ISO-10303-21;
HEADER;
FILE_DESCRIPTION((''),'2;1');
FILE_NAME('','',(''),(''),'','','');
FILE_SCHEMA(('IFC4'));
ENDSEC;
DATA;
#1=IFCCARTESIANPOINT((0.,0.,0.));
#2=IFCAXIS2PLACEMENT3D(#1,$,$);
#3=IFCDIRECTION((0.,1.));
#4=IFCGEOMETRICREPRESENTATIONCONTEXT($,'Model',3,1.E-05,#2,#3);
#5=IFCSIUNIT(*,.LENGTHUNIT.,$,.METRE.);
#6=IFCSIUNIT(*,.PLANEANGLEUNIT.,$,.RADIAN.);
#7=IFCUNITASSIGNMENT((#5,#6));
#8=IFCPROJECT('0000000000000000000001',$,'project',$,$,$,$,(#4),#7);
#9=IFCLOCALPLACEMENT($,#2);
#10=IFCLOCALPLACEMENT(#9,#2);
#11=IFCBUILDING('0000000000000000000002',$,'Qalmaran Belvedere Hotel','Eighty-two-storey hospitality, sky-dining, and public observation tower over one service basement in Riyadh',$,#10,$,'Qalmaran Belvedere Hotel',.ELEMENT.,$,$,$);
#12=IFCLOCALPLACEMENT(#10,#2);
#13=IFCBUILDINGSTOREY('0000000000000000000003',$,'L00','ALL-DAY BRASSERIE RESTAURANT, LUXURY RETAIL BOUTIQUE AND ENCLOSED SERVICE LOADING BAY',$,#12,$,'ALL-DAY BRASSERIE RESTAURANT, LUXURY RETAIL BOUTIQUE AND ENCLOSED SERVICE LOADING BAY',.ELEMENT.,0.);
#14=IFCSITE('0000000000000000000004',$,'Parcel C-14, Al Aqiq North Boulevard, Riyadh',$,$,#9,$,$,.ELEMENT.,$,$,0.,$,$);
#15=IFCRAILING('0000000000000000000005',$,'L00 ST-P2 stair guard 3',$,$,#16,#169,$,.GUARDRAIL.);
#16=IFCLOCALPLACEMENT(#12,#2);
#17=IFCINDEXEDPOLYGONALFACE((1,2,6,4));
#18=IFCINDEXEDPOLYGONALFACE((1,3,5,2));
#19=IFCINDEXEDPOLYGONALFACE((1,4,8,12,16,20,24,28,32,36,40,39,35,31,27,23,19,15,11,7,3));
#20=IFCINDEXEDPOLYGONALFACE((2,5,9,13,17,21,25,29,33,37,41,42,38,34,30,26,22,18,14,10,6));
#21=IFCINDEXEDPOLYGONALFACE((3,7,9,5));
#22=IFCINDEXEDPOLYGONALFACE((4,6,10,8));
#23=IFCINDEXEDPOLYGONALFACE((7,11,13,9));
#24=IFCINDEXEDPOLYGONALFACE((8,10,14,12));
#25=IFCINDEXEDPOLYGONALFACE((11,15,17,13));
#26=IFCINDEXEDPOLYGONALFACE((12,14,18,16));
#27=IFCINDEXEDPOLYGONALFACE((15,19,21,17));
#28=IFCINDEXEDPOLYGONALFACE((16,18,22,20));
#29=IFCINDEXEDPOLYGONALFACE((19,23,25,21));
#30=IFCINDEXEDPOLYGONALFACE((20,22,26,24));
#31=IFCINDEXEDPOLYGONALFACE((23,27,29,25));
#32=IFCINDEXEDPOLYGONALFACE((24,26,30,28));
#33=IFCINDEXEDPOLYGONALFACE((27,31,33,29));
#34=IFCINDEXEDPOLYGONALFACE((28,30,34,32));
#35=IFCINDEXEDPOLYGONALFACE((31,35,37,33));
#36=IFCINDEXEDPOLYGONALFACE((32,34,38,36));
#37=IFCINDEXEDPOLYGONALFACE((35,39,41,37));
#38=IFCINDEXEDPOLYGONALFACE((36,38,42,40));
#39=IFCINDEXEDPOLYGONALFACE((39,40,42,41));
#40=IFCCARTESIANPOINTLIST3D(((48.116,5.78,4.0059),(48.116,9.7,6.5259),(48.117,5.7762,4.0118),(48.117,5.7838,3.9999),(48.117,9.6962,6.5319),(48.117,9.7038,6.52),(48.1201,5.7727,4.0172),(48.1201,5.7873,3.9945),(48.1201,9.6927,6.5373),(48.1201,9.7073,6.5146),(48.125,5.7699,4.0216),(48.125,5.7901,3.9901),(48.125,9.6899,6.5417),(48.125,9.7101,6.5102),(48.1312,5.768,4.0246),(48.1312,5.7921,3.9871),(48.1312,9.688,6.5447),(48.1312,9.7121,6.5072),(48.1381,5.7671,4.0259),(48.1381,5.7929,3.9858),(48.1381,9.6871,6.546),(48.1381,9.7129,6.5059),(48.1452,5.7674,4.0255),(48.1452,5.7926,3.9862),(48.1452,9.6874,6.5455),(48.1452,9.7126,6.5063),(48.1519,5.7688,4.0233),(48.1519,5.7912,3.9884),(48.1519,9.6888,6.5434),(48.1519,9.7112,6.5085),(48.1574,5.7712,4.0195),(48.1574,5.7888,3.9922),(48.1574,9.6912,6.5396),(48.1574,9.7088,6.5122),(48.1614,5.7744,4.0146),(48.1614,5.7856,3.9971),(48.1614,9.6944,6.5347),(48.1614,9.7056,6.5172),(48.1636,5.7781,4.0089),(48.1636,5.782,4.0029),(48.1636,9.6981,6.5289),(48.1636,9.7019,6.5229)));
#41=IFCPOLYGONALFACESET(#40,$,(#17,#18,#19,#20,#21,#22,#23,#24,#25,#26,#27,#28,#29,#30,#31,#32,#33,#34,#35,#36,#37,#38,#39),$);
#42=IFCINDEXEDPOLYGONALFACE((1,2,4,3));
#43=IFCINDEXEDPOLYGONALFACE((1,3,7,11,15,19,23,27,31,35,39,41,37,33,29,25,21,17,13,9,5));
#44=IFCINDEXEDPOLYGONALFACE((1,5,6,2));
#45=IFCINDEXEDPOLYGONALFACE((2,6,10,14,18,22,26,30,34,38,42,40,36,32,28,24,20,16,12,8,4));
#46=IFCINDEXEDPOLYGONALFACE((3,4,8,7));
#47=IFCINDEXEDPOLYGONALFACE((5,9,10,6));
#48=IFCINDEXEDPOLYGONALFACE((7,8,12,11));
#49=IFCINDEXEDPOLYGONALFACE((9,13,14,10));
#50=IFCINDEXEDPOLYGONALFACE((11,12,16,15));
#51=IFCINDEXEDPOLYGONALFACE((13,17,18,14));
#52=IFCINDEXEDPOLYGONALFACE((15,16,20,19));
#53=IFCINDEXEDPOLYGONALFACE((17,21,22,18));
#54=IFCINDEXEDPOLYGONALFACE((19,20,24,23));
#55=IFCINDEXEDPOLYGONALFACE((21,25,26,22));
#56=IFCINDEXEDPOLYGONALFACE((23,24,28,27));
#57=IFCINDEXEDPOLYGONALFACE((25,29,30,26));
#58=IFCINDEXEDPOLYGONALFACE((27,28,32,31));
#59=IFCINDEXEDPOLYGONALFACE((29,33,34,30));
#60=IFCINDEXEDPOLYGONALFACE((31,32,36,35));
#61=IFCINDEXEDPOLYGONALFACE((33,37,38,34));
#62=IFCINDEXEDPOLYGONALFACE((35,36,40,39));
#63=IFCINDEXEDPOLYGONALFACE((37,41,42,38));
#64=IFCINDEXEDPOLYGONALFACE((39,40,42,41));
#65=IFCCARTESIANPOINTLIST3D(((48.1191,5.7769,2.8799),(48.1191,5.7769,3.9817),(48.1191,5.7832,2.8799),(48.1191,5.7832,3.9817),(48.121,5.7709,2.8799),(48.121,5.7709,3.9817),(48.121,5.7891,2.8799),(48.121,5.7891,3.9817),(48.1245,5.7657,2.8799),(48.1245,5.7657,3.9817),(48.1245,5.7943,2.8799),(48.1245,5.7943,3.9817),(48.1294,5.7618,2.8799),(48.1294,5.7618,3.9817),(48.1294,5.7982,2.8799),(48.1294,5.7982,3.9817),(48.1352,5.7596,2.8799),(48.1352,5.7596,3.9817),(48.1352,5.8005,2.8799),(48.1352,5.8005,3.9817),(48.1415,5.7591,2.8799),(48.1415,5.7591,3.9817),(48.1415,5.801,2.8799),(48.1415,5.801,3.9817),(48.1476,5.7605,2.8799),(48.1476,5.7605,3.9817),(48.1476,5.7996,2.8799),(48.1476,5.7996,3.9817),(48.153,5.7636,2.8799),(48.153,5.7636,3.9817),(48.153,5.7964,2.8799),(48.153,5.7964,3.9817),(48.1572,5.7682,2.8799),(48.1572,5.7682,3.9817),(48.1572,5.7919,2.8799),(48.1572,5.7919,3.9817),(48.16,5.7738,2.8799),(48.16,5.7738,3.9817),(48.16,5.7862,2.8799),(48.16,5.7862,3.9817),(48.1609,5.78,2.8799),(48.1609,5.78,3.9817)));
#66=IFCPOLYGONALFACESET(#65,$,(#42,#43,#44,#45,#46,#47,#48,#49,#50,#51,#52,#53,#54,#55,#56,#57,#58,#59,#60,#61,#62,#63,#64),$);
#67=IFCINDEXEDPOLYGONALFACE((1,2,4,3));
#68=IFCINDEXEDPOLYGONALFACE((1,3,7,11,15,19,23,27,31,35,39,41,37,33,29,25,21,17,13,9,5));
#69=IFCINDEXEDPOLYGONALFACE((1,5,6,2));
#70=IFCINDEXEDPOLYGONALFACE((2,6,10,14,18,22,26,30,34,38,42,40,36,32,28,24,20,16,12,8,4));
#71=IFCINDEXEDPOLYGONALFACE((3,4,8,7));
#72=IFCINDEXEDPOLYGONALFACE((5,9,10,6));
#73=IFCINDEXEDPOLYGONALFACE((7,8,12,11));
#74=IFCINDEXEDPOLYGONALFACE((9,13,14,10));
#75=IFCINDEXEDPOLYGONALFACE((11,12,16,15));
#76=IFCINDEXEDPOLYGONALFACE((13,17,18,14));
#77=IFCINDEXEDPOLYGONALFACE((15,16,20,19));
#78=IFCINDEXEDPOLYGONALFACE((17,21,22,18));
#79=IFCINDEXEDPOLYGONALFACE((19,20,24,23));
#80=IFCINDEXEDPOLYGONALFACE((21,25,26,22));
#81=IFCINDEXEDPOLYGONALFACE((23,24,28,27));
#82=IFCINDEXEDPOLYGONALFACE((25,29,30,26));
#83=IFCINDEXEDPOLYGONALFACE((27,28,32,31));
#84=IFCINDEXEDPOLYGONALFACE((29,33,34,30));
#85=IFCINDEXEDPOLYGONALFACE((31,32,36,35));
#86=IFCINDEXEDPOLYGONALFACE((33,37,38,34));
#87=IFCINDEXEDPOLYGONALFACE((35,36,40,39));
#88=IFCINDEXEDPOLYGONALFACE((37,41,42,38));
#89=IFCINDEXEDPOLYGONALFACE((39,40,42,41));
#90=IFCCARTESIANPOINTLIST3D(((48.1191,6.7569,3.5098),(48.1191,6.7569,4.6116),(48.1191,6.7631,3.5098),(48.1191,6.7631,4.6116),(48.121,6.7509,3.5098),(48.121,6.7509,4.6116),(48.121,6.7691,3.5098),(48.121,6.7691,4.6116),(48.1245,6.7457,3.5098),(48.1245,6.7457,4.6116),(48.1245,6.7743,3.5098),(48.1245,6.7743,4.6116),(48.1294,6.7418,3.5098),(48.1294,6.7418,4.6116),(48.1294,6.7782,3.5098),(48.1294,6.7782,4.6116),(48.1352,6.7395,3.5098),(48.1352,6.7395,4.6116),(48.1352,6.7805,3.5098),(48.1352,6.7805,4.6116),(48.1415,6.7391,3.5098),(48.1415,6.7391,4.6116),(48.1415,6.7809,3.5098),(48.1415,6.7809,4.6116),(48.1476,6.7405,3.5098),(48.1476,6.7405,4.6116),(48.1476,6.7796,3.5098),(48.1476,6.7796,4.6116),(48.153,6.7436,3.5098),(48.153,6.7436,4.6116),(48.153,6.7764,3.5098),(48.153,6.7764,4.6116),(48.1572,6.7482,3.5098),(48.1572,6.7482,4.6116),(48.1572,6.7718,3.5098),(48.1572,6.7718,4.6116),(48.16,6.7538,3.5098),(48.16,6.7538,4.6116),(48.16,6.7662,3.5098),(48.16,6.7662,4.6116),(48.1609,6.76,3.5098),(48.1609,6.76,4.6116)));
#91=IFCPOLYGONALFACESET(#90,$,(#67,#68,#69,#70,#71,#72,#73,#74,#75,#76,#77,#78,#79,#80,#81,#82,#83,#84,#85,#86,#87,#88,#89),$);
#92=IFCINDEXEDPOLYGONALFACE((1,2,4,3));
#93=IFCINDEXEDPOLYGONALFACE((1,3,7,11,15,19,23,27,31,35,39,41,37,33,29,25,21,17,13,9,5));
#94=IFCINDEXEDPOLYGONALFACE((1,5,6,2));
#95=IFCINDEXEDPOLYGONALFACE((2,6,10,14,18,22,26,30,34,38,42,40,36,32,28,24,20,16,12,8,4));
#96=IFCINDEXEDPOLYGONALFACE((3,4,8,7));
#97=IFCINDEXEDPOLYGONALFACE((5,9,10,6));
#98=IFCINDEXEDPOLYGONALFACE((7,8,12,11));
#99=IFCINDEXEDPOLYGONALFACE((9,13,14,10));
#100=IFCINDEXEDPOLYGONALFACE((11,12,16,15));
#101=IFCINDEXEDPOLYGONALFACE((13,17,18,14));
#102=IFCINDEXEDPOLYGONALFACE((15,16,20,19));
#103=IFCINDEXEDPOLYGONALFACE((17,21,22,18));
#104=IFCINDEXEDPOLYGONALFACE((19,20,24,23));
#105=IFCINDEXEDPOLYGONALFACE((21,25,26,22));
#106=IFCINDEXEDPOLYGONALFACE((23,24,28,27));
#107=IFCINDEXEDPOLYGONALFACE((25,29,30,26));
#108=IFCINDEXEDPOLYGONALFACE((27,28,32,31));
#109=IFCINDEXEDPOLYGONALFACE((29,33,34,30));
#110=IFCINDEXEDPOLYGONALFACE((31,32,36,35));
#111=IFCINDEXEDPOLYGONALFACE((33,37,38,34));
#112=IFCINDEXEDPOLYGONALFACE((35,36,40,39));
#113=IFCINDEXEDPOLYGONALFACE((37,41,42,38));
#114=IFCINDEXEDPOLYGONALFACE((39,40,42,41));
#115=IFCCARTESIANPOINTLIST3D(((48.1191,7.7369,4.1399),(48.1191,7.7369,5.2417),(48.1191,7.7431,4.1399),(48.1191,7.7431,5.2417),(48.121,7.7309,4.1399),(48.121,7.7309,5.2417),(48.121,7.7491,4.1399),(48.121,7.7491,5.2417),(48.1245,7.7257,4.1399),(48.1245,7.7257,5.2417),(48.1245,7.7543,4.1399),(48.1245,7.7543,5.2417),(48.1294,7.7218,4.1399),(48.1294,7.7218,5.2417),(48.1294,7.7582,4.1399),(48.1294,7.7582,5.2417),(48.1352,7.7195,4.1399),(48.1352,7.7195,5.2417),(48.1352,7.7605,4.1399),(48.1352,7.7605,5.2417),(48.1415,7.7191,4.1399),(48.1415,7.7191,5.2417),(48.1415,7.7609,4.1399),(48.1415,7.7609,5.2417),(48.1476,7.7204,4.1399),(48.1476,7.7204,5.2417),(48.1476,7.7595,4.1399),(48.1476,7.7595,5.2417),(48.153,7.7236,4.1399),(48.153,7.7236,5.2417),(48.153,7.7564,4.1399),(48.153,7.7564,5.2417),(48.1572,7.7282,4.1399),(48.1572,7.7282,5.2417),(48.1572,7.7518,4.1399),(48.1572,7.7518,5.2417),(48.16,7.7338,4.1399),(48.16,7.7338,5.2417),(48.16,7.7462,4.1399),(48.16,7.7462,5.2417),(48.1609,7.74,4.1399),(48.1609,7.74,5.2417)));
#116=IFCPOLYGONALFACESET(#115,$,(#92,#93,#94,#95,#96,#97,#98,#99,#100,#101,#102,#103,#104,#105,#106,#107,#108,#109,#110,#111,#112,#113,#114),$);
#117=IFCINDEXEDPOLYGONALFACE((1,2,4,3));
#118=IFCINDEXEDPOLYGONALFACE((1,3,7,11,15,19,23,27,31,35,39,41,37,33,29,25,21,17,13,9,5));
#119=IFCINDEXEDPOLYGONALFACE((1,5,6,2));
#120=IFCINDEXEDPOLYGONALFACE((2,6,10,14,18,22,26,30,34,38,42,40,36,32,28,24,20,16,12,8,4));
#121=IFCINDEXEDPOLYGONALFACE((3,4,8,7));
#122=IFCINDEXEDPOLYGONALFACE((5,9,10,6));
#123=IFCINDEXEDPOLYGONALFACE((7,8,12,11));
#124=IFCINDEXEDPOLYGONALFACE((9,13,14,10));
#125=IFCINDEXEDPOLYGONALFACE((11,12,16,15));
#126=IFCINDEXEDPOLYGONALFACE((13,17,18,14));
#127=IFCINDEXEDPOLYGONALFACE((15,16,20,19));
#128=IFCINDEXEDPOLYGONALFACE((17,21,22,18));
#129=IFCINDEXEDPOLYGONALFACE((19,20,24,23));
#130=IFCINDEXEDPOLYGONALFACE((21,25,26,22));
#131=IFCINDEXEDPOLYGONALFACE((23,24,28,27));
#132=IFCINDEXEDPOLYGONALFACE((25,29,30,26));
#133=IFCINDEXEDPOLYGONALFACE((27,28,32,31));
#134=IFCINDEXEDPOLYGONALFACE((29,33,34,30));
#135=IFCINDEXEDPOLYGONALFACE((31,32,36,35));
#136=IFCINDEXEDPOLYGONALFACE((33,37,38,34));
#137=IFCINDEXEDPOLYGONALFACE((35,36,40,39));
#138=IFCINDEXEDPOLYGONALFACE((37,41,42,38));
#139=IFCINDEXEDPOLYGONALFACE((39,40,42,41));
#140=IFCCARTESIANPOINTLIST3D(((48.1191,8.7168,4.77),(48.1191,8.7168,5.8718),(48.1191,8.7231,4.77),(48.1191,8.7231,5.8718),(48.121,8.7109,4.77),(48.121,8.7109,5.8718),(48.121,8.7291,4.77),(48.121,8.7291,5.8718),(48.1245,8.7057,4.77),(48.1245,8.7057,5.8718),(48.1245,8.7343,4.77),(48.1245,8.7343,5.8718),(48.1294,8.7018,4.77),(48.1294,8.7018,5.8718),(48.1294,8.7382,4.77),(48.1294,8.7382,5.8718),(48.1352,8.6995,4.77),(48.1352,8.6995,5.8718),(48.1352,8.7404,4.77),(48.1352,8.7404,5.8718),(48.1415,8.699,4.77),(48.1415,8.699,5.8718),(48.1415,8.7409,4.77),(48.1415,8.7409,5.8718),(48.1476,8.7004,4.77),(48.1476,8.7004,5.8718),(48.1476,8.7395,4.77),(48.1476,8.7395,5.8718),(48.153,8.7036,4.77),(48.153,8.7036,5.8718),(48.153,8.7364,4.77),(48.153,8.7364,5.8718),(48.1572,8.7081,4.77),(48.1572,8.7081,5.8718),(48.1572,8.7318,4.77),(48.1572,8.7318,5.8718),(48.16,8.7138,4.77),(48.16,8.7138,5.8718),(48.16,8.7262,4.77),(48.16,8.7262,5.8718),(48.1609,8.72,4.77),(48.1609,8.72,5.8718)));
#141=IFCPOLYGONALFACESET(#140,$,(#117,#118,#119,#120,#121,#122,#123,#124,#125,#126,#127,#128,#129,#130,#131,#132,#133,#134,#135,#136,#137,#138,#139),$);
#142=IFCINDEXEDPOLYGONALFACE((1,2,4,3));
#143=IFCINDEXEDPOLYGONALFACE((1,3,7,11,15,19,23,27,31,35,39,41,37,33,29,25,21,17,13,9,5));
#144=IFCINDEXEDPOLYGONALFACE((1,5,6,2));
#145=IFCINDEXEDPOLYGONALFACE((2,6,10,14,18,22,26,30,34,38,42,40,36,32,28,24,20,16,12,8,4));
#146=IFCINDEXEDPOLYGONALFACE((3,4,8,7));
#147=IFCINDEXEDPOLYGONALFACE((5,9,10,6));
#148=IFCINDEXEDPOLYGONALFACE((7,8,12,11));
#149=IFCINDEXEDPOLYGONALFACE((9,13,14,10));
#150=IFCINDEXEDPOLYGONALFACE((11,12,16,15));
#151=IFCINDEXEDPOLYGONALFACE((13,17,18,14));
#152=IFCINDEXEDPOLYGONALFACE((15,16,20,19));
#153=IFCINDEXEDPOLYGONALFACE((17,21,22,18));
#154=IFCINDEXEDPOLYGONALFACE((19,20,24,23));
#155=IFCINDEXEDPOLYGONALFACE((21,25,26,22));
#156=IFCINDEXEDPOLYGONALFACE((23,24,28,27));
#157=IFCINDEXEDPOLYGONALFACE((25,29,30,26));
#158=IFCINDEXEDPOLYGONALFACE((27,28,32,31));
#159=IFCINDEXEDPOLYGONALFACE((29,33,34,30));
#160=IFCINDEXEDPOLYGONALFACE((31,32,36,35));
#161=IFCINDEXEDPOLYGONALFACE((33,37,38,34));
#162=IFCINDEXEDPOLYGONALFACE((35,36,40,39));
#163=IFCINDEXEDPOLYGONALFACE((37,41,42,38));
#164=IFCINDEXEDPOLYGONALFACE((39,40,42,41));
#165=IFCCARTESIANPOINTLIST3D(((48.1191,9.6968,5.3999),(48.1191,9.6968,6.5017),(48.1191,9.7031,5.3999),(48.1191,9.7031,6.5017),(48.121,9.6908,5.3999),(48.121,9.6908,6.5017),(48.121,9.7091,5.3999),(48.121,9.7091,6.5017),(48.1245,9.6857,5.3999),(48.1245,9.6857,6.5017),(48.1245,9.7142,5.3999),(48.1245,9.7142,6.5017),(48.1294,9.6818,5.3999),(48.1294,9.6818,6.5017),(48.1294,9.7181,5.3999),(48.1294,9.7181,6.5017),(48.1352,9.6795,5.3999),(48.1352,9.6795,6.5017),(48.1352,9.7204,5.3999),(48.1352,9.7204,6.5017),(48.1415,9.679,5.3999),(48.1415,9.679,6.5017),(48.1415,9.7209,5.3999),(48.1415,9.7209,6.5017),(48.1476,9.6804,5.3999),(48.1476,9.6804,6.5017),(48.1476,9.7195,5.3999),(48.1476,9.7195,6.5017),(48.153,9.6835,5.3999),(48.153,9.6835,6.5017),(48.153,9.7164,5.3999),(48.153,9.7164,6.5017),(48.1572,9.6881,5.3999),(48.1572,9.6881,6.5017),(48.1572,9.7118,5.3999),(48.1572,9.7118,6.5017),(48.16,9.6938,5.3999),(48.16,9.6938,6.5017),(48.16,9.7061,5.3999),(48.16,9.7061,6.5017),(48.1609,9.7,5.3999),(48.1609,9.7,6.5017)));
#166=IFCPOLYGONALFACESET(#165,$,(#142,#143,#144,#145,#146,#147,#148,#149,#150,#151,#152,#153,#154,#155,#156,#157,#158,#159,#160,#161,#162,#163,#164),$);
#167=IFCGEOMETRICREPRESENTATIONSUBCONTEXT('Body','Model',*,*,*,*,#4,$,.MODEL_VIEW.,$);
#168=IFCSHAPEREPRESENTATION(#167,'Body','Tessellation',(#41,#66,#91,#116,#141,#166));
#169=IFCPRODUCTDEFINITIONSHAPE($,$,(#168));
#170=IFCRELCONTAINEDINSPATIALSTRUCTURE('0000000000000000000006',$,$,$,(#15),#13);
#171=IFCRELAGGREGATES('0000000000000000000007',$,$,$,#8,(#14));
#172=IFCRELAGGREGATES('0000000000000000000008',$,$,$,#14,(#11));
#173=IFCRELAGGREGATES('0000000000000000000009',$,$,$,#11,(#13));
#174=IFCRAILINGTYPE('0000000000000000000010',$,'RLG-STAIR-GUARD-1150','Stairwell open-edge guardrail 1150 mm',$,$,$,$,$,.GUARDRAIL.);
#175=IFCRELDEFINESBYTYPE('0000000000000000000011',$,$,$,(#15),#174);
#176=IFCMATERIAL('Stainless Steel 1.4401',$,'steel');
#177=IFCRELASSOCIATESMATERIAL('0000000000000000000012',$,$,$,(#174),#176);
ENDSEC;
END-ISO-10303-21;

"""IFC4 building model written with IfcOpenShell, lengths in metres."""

from ifc_helpers import new_model, si_unit, direction, frame, origin, origin_2d, place, context, subcontext, project, spatial, circle, extrude, material, type_object, element, save


model = new_model("IFC4")

# Units and contexts
model_context = context("Model", 3, precision=1e-05, world=origin(), true_north=direction((0.0, 1.0)))
body_context = subcontext(model_context, "Body", "Model", "MODEL_VIEW")
ifc_project = project(units=[si_unit("LENGTHUNIT", "METRE"), si_unit("PLANEANGLEUNIT", "RADIAN")], contexts=[model_context])

# Site, building, storey
site_placement = place(None, origin())
site = spatial("IfcSite", under=ifc_project, at=site_placement, Name="Parcel C-14, Al Aqiq North Boulevard, Riyadh", CompositionType="ELEMENT", RefElevation=0.0)
building_placement = place(site_placement, origin())
building = spatial("IfcBuilding", under=site, at=building_placement, Name="Qalmaran Belvedere Hotel", Description="Eighty-two-storey hospitality, sky-dining, and public observation tower over one service basement in Riyadh", LongName="Qalmaran Belvedere Hotel", CompositionType="ELEMENT")
storey_placement = place(building_placement, origin())
storey = spatial("IfcBuildingStorey", under=building, at=storey_placement, Name="L00", Description="ALL-DAY BRASSERIE RESTAURANT, LUXURY RETAIL BOUTIQUE AND ENCLOSED SERVICE LOADING BAY", LongName="ALL-DAY BRASSERIE RESTAURANT, LUXURY RETAIL BOUTIQUE AND ENCLOSED SERVICE LOADING BAY", CompositionType="ELEMENT", Elevation=0.0)

# Railing
ifc_material_1 = material(Name="Stainless Steel 1.4401", Category="steel")
railing_type_1 = type_object("IfcRailingType", Name="RLG-STAIR-GUARD-1150", Description="Stairwell open-edge guardrail 1150 mm", PredefinedType="GUARDRAIL", material=ifc_material_1)
railing_1_placement = place(storey_placement, frame((48.1399, 5.78, 2.8799)))
element("IfcRailing", 1, at=railing_1_placement, inside=storey, type_object=railing_type_1, Name="L00 ST-P2 stair guard 3", PredefinedType="GUARDRAIL", context=body_context, shape_type="SweptSolid", body=[
    extrude(circle(Radius=0.0239, at=origin_2d()), frame((0.0, 0.0, 1.126), z_axis=(0.0, 0.841172, 0.540768), x_axis=(-1.0, 0.0, 0.0)), (0.0, 0.0, 1.0), 4.6602),
    extrude(circle(Radius=0.021, at=origin_2d()), origin(), (0.0, 0.0, 1.0), 1.1018),
    extrude(circle(Radius=0.021, at=origin_2d()), frame((0.0, 0.98, 0.6299)), (0.0, 0.0, 1.0), 1.1018),
    extrude(circle(Radius=0.021, at=origin_2d()), frame((0.0, 1.96, 1.26)), (0.0, 0.0, 1.0), 1.1018),
    extrude(circle(Radius=0.021, at=origin_2d()), frame((0.0, 2.9399, 1.8901)), (0.0, 0.0, 1.0), 1.1018),
    extrude(circle(Radius=0.021, at=origin_2d()), frame((0.0, 3.9199, 2.52)), (0.0, 0.0, 1.0), 1.1018),
])

save(model, "model.ifc")
